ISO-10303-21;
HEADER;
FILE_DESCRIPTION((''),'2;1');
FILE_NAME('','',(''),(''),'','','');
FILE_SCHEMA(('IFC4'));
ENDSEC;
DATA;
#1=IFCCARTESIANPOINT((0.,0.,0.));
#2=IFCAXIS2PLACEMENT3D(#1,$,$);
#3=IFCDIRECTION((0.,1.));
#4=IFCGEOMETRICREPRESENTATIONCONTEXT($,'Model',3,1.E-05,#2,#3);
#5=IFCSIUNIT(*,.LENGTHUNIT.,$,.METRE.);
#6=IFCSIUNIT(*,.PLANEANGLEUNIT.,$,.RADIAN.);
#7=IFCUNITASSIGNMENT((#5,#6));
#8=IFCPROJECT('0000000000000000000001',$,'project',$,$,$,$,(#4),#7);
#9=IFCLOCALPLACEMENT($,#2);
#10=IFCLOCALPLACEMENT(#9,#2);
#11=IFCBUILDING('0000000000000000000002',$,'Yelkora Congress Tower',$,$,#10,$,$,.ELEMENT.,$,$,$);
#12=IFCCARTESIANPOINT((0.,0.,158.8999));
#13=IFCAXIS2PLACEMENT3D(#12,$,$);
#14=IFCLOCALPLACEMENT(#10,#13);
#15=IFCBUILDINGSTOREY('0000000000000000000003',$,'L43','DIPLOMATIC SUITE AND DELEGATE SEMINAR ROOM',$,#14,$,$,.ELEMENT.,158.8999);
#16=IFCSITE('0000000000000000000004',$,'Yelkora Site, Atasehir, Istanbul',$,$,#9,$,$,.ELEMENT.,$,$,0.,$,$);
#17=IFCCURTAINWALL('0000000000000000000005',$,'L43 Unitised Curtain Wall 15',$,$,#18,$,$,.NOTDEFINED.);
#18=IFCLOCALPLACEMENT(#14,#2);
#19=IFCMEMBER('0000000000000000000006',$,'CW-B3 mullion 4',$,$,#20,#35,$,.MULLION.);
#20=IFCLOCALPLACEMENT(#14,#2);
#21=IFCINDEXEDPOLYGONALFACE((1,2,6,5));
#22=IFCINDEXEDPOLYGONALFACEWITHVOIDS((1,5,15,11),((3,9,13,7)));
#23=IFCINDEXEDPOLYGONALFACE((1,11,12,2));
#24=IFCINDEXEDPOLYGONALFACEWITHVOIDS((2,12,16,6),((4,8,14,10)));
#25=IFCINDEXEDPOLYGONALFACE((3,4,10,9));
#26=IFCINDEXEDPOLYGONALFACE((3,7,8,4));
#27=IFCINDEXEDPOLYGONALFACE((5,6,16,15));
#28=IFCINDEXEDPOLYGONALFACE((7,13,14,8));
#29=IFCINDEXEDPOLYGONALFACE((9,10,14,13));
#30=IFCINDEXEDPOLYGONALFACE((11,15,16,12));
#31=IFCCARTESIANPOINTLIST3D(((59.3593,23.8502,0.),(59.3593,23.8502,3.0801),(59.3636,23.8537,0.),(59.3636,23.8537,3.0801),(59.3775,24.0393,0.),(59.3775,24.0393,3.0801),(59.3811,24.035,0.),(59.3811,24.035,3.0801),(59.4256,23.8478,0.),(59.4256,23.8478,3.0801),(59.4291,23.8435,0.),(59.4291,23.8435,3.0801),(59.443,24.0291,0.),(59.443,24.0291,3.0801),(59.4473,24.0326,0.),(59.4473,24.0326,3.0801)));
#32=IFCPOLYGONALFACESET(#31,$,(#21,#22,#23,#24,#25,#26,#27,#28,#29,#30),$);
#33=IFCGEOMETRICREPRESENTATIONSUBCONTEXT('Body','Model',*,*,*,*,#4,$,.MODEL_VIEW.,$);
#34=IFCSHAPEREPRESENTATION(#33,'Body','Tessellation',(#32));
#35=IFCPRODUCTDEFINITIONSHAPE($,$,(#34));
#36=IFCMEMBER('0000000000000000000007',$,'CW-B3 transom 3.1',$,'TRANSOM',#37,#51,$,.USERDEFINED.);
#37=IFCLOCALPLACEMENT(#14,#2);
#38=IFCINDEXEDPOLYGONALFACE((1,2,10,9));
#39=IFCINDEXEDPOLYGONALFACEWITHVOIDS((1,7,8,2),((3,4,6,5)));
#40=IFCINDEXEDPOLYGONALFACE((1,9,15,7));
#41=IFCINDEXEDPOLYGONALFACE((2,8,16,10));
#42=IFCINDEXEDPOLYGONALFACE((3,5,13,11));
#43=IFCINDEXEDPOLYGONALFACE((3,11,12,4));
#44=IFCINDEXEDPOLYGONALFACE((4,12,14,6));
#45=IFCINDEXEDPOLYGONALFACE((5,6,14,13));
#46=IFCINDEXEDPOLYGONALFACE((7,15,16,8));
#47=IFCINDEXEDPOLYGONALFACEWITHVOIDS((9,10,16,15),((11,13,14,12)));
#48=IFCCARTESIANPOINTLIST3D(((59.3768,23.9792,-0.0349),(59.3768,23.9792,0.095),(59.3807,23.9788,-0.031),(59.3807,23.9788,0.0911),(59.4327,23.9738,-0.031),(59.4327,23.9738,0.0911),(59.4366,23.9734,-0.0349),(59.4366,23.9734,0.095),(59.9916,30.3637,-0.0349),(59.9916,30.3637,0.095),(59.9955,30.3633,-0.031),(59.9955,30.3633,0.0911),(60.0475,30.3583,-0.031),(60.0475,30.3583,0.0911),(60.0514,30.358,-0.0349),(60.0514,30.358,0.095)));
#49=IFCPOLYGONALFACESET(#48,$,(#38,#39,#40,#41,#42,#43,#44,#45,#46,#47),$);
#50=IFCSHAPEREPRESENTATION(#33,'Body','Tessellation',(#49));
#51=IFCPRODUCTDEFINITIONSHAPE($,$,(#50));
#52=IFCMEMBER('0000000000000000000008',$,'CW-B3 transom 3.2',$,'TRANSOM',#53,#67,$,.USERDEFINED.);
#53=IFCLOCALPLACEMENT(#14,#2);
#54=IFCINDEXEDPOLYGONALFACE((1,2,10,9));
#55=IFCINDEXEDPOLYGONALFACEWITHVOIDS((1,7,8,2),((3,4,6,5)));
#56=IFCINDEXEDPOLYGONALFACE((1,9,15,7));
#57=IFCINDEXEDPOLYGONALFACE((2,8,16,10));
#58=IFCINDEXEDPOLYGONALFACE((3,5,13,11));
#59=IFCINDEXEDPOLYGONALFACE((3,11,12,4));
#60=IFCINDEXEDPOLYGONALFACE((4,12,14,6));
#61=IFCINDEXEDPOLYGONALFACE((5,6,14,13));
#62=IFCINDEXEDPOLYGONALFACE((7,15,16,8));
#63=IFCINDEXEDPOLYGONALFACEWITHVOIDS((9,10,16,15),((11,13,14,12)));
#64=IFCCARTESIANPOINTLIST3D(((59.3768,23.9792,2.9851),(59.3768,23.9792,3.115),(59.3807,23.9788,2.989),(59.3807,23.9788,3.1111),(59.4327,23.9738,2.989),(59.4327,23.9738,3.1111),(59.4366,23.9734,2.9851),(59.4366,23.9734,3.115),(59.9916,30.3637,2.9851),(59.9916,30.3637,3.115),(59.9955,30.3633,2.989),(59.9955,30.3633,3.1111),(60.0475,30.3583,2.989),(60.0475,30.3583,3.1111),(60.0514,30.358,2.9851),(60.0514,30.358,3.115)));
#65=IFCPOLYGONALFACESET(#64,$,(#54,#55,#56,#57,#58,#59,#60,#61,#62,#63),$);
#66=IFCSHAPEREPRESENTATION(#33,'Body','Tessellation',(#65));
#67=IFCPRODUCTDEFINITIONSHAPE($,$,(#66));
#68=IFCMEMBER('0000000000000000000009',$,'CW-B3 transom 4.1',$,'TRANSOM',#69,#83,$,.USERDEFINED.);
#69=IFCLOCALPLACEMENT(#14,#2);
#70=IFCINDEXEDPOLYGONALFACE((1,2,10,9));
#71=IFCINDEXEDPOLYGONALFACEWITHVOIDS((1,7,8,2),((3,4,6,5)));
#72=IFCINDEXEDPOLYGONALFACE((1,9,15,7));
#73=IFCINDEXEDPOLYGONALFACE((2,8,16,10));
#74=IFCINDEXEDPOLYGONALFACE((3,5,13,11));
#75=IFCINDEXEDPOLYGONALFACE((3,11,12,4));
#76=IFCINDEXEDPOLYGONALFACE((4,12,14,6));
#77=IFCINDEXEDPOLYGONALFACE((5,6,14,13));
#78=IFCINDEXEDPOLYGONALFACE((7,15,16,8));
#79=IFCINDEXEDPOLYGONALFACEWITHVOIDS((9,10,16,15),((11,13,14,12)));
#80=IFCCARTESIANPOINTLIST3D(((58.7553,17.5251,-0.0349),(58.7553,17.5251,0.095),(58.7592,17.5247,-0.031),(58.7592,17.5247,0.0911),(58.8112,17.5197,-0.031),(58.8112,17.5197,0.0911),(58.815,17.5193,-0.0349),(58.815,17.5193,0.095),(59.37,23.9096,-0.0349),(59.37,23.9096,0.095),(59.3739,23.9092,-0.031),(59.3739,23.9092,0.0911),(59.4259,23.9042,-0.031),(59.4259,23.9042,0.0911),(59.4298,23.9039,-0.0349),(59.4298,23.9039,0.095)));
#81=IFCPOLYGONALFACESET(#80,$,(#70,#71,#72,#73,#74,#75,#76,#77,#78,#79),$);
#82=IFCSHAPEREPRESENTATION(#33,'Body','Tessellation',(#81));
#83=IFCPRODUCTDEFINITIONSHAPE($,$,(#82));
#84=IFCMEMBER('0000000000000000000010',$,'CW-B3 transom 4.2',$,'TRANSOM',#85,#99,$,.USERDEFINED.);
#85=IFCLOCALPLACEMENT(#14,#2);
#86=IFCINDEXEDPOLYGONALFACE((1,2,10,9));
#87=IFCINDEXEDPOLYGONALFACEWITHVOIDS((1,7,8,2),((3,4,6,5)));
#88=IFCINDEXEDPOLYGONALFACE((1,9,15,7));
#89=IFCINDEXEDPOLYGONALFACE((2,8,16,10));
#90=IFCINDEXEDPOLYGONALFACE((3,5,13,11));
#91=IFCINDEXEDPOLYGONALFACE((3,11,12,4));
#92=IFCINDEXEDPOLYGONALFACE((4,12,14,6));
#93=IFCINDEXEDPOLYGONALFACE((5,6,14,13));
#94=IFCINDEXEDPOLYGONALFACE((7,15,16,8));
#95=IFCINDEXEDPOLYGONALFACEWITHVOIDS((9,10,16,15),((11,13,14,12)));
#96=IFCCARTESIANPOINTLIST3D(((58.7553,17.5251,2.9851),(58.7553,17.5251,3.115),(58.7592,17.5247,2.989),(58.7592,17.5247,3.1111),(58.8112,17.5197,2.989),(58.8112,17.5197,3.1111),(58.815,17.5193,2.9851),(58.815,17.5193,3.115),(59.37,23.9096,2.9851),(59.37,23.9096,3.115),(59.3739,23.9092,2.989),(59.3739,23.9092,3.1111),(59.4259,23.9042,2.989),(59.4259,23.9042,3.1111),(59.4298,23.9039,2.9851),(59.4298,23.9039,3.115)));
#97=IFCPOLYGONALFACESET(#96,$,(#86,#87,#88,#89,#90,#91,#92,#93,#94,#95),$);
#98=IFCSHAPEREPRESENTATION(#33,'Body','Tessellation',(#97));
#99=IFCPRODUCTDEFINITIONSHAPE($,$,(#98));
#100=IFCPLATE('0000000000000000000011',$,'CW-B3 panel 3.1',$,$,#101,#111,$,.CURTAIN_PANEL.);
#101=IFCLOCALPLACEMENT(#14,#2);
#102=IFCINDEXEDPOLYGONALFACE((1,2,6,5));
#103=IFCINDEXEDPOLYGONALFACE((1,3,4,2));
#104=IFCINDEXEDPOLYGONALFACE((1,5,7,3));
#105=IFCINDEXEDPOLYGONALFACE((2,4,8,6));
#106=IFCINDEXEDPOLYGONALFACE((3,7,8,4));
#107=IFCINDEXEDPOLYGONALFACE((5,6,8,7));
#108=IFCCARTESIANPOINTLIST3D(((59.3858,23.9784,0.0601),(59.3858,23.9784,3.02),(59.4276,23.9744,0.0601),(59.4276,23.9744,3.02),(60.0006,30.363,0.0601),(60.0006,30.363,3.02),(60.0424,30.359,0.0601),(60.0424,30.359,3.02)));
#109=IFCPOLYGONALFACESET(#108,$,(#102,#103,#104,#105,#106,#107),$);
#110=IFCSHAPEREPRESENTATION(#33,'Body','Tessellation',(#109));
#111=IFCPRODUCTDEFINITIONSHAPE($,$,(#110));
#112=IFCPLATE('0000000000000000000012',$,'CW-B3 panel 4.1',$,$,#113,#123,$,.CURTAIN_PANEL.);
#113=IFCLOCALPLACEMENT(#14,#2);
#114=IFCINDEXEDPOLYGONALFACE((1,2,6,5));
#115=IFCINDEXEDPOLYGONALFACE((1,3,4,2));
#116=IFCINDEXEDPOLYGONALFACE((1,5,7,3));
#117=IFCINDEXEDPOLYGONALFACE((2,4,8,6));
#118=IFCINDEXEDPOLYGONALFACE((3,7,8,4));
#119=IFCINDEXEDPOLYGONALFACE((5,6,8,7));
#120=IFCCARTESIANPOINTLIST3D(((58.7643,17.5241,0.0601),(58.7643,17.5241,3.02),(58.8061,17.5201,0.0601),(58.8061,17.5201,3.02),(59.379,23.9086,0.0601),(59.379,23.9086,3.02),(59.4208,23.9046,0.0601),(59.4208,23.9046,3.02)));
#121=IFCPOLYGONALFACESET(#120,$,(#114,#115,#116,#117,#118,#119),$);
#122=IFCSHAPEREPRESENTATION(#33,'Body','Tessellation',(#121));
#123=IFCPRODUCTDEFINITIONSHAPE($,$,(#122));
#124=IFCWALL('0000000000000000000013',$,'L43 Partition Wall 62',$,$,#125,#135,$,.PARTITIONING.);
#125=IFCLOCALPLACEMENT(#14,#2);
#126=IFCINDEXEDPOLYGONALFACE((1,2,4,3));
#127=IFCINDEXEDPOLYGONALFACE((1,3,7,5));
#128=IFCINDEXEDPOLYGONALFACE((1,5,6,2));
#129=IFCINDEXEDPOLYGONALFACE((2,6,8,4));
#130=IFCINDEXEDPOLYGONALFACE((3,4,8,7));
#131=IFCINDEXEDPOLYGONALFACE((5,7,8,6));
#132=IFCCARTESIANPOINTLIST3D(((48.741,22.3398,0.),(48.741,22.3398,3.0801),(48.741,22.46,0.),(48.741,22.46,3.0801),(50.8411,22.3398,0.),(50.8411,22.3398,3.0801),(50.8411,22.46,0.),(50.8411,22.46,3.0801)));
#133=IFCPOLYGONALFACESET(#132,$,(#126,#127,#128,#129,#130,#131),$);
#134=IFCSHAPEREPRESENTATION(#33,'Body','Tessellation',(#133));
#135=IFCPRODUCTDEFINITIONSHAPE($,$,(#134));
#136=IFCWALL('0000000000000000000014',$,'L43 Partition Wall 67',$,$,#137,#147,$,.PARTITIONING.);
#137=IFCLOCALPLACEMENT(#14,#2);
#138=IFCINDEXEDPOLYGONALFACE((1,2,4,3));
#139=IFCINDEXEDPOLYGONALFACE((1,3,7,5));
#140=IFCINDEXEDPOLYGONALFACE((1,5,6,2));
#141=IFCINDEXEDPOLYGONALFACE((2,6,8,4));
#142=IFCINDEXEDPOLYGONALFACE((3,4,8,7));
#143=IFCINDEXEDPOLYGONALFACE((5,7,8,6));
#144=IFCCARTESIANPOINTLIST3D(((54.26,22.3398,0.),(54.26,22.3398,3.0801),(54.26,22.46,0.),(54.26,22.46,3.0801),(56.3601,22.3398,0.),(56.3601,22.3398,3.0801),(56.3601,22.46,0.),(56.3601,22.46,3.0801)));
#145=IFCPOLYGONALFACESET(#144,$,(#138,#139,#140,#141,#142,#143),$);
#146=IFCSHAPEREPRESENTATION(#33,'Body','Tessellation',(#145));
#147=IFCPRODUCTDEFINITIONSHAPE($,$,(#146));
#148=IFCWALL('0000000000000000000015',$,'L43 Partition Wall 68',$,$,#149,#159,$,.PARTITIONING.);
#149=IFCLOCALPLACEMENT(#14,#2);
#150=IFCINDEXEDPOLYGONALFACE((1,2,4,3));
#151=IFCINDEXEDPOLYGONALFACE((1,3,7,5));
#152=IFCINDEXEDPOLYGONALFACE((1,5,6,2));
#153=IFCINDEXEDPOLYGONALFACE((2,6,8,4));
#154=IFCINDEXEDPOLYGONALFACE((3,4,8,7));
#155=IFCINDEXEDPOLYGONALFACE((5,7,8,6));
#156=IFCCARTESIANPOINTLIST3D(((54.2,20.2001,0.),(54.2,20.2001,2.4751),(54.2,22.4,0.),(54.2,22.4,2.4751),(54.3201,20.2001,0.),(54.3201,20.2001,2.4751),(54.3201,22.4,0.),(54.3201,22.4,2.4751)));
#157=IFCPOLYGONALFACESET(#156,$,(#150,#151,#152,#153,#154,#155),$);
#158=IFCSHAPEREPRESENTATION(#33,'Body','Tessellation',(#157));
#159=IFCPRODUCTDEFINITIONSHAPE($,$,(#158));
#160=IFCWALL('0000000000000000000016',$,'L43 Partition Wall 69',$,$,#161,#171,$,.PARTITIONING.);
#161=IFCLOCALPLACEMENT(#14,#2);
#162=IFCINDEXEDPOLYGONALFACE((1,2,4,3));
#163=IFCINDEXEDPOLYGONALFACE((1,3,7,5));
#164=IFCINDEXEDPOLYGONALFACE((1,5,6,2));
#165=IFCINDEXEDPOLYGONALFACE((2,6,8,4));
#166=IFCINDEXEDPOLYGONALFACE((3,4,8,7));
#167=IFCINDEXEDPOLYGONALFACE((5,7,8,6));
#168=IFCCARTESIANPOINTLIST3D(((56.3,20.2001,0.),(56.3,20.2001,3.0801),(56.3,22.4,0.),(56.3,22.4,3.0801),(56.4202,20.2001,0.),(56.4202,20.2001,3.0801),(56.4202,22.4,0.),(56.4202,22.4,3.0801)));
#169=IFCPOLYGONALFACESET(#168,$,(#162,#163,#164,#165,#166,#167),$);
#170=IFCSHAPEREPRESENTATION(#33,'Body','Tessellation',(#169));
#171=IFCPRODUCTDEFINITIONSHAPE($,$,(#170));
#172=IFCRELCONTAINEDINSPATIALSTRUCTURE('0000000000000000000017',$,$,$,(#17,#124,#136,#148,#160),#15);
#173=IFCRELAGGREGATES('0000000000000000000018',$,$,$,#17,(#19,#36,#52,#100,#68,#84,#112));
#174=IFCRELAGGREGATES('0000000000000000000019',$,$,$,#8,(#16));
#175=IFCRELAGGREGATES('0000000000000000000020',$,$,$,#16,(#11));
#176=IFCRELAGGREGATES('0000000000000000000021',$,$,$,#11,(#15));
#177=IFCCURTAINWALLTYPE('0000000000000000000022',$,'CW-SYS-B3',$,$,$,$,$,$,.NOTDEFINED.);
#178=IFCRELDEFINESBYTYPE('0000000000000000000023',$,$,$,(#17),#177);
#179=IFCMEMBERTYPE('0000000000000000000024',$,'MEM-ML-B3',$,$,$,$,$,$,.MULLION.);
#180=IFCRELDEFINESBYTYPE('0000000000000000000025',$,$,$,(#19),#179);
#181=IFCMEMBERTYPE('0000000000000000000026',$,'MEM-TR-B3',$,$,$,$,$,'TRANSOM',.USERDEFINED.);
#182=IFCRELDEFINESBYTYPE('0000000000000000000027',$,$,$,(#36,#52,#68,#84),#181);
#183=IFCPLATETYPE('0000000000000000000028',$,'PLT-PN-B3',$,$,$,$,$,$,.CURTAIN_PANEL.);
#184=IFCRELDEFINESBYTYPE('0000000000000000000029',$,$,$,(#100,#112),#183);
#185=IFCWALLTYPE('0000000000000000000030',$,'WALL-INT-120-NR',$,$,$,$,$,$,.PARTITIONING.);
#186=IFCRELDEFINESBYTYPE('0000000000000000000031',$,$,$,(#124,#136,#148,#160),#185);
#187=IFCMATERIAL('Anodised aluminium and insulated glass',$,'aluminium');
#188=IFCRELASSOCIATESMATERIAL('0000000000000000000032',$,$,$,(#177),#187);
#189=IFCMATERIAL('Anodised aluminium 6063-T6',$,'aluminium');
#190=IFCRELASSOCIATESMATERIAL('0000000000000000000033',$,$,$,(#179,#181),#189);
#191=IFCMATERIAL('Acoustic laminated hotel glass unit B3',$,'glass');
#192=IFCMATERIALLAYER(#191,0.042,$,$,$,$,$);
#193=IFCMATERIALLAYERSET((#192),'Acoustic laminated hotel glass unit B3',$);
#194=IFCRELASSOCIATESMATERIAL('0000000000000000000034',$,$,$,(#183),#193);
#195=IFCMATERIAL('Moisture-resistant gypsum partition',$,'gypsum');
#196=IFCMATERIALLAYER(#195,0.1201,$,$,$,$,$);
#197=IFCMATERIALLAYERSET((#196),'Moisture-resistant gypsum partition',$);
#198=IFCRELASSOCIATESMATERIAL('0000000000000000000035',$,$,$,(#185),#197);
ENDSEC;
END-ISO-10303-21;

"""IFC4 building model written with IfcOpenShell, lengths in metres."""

from ifc_helpers import new_model, si_unit, direction, frame, frame_2d, origin, origin_2d, place, context, subcontext, project, spatial, rectangle, hollow_rectangle, extrude, material, layer, layer_set, material_profile, profile_set, type_object, element, aggregate, save


model = new_model("IFC4")

# Units and contexts
model_context = context("Model", 3, precision=1e-05, world=origin(), true_north=direction((0.0, 1.0)))
body_context = subcontext(model_context, "Body", "Model", "MODEL_VIEW")
ifc_project = project(units=[si_unit("LENGTHUNIT", "METRE"), si_unit("PLANEANGLEUNIT", "RADIAN")], contexts=[model_context])

# Site, building, storey
site_placement = place(None, origin())
site = spatial("IfcSite", under=ifc_project, at=site_placement, Name="Yelkora Site, Atasehir, Istanbul", CompositionType="ELEMENT", RefElevation=0.0)
building_placement = place(site_placement, origin())
building = spatial("IfcBuilding", under=site, at=building_placement, Name="Yelkora Congress Tower", CompositionType="ELEMENT")
storey_placement = place(building_placement, frame((0.0, 0.0, 158.8999)))
storey = spatial("IfcBuildingStorey", under=building, at=storey_placement, Name="L43", Description="DIPLOMATIC SUITE AND DELEGATE SEMINAR ROOM", CompositionType="ELEMENT", Elevation=158.8999)

# Curtain wall, members, plates
ifc_material_1 = material(Name="Anodised aluminium and insulated glass", Category="aluminium")
curtain_wall_type = type_object("IfcCurtainWallType", Name="CW-SYS-B3", PredefinedType="NOTDEFINED", material=ifc_material_1)
curtain_wall_placement = place(storey_placement, origin())
curtain_wall = element("IfcCurtainWall", 1, at=curtain_wall_placement, inside=storey, type_object=curtain_wall_type, Name="L43 Unitised Curtain Wall 15", PredefinedType="NOTDEFINED")
ifc_material_2 = material(Name="Anodised aluminium 6063-T6", Category="aluminium")
ifc_material_profile_1 = material_profile(ifc_material_2, hollow_rectangle(XDim=0.0701, YDim=0.1899, WallThickness=0.0039, at=origin_2d()), Name="ALU 70x190x4")
ifc_profile_set_1 = profile_set([ifc_material_profile_1], Name="Anodised aluminium 6063-T6")
member_type_1 = type_object("IfcMemberType", Name="MEM-ML-B3", PredefinedType="MULLION", material=ifc_profile_set_1)
member_1_placement = place(storey_placement, frame((59.4033, 23.9414, 0.0), z_axis=(0.0, 0.0, 1.0), x_axis=(0.995397, -0.095842, 0.0)))
member_1 = element("IfcMember", 2, at=member_1_placement, type_object=member_type_1, Name="CW-B3 mullion 4", PredefinedType="MULLION", context=body_context, shape_type="SweptSolid", body=[
    extrude(hollow_rectangle(XDim=0.0701, YDim=0.1899, WallThickness=0.0039, at=origin_2d()), origin(), (0.0, 0.0, 1.0), 3.0801),
])
ifc_material_profile_2 = material_profile(ifc_material_2, hollow_rectangle(XDim=0.0601, YDim=0.1299, WallThickness=0.0039, at=origin_2d()), Name="ALU 60x130x4")
ifc_profile_set_2 = profile_set([ifc_material_profile_2], Name="Anodised aluminium 6063-T6")
member_type_2 = type_object("IfcMemberType", Name="MEM-TR-B3", ElementType="TRANSOM", PredefinedType="USERDEFINED", material=ifc_profile_set_2)
member_2_placement = place(storey_placement, frame((60.0215, 30.3608, 0.03), z_axis=(-0.095844, -0.995396, 0.0), x_axis=(0.995396, -0.095844, 0.0)))
member_2 = element("IfcMember", 3, at=member_2_placement, type_object=member_type_2, Name="CW-B3 transom 3.1", ObjectType="TRANSOM", PredefinedType="USERDEFINED", context=body_context, shape_type="SweptSolid", body=[
    extrude(hollow_rectangle(XDim=0.0601, YDim=0.1299, WallThickness=0.0039, at=origin_2d()), origin(), (0.0, 0.0, 1.0), 6.4141),
])
member_3_placement = place(storey_placement, frame((60.0215, 30.3608, 3.05), z_axis=(-0.095844, -0.995396, 0.0), x_axis=(0.995396, -0.095844, 0.0)))
member_3 = element("IfcMember", 4, at=member_3_placement, type_object=member_type_2, Name="CW-B3 transom 3.2", ObjectType="TRANSOM", PredefinedType="USERDEFINED", context=body_context, shape_type="SweptSolid", body=[
    extrude(hollow_rectangle(XDim=0.0601, YDim=0.1299, WallThickness=0.0039, at=origin_2d()), origin(), (0.0, 0.0, 1.0), 6.4141),
])
member_4_placement = place(storey_placement, frame((59.3999, 23.9067, 0.03), z_axis=(-0.095844, -0.995396, 0.0), x_axis=(0.995396, -0.095844, 0.0)))
member_4 = element("IfcMember", 5, at=member_4_placement, type_object=member_type_2, Name="CW-B3 transom 4.1", ObjectType="TRANSOM", PredefinedType="USERDEFINED", context=body_context, shape_type="SweptSolid", body=[
    extrude(hollow_rectangle(XDim=0.0601, YDim=0.1299, WallThickness=0.0039, at=origin_2d()), origin(), (0.0, 0.0, 1.0), 6.4141),
])
member_5_placement = place(storey_placement, frame((59.3999, 23.9067, 3.05), z_axis=(-0.095844, -0.995396, 0.0), x_axis=(0.995396, -0.095844, 0.0)))
member_5 = element("IfcMember", 6, at=member_5_placement, type_object=member_type_2, Name="CW-B3 transom 4.2", ObjectType="TRANSOM", PredefinedType="USERDEFINED", context=body_context, shape_type="SweptSolid", body=[
    extrude(hollow_rectangle(XDim=0.0601, YDim=0.1299, WallThickness=0.0039, at=origin_2d()), origin(), (0.0, 0.0, 1.0), 6.4141),
])
ifc_material_3 = material(Name="Acoustic laminated hotel glass unit B3", Category="glass")
ifc_layer_1 = layer(ifc_material_3, 0.042)
ifc_layer_set_1 = layer_set([ifc_layer_1], Name="Acoustic laminated hotel glass unit B3")
plate_type = type_object("IfcPlateType", Name="PLT-PN-B3", PredefinedType="CURTAIN_PANEL", material=ifc_layer_set_1)
plate_1_placement = place(storey_placement, frame((59.7141, 27.1687, 0.0601), z_axis=(0.0, 0.0, 1.0), x_axis=(-0.095842, -0.995397, 0.0)))
plate_1 = element("IfcPlate", 7, at=plate_1_placement, type_object=plate_type, Name="CW-B3 panel 3.1", PredefinedType="CURTAIN_PANEL", context=body_context, shape_type="SweptSolid", body=[
    extrude(rectangle(XDim=6.4141, YDim=0.042, at=origin_2d()), origin(), (0.0, 0.0, 1.0), 2.96),
])
plate_2_placement = place(storey_placement, frame((59.0925, 20.7144, 0.0601), z_axis=(0.0, 0.0, 1.0), x_axis=(-0.095842, -0.995397, 0.0)))
plate_2 = element("IfcPlate", 8, at=plate_2_placement, type_object=plate_type, Name="CW-B3 panel 4.1", PredefinedType="CURTAIN_PANEL", context=body_context, shape_type="SweptSolid", body=[
    extrude(rectangle(XDim=6.4141, YDim=0.042, at=origin_2d()), origin(), (0.0, 0.0, 1.0), 2.96),
])
aggregate(curtain_wall, [member_1, member_2, member_3, plate_1, member_4, member_5, plate_2])

# Walls
ifc_material_4 = material(Name="Moisture-resistant gypsum partition", Category="gypsum")
ifc_layer_2 = layer(ifc_material_4, 0.1201)
ifc_layer_set_2 = layer_set([ifc_layer_2], Name="Moisture-resistant gypsum partition")
wall_type_1 = type_object("IfcWallType", Name="WALL-INT-120-NR", PredefinedType="PARTITIONING", material=ifc_layer_set_2)
for number, where, z_axis, x_axis, name in (
    (9, (48.741, 22.3999, 0.0), (0.0, 0.0, 1.0), (1.0, 0.0, 0.0), "L43 Partition Wall 62"),
    (10, (54.26, 22.3999, 0.0), (0.0, 0.0, 1.0), (1.0, 0.0, 0.0), "L43 Partition Wall 67"),
):
    element("IfcWall", number, at=place(storey_placement, frame(where, z_axis=z_axis, x_axis=x_axis)), inside=storey, type_object=wall_type_1, Name=name, PredefinedType="PARTITIONING", context=body_context, shape_type="SweptSolid", body=[
        extrude(rectangle(XDim=2.1001, YDim=0.1201, at=frame_2d((1.05, 0.0))), origin(), (0.0, 0.0, 1.0), 3.0801),
    ])
wall_1_placement = place(storey_placement, frame((54.26, 20.2, 0.0), z_axis=(0.0, 0.0, 1.0), x_axis=(0.0, 1.0, 0.0)))
element("IfcWall", 11, at=wall_1_placement, inside=storey, type_object=wall_type_1, Name="L43 Partition Wall 68", PredefinedType="PARTITIONING", context=body_context, shape_type="SweptSolid", body=[
    extrude(rectangle(XDim=2.2, YDim=0.1201, at=frame_2d((1.1001, 0.0))), origin(), (0.0, 0.0, 1.0), 2.4751),
])
wall_2_placement = place(storey_placement, frame((56.3601, 20.2, 0.0), z_axis=(0.0, 0.0, 1.0), x_axis=(0.0, 1.0, 0.0)))
element("IfcWall", 12, at=wall_2_placement, inside=storey, type_object=wall_type_1, Name="L43 Partition Wall 69", PredefinedType="PARTITIONING", context=body_context, shape_type="SweptSolid", body=[
    extrude(rectangle(XDim=2.2, YDim=0.1201, at=frame_2d((1.1001, 0.0))), origin(), (0.0, 0.0, 1.0), 3.0801),
])

save(model, "model.ifc")
